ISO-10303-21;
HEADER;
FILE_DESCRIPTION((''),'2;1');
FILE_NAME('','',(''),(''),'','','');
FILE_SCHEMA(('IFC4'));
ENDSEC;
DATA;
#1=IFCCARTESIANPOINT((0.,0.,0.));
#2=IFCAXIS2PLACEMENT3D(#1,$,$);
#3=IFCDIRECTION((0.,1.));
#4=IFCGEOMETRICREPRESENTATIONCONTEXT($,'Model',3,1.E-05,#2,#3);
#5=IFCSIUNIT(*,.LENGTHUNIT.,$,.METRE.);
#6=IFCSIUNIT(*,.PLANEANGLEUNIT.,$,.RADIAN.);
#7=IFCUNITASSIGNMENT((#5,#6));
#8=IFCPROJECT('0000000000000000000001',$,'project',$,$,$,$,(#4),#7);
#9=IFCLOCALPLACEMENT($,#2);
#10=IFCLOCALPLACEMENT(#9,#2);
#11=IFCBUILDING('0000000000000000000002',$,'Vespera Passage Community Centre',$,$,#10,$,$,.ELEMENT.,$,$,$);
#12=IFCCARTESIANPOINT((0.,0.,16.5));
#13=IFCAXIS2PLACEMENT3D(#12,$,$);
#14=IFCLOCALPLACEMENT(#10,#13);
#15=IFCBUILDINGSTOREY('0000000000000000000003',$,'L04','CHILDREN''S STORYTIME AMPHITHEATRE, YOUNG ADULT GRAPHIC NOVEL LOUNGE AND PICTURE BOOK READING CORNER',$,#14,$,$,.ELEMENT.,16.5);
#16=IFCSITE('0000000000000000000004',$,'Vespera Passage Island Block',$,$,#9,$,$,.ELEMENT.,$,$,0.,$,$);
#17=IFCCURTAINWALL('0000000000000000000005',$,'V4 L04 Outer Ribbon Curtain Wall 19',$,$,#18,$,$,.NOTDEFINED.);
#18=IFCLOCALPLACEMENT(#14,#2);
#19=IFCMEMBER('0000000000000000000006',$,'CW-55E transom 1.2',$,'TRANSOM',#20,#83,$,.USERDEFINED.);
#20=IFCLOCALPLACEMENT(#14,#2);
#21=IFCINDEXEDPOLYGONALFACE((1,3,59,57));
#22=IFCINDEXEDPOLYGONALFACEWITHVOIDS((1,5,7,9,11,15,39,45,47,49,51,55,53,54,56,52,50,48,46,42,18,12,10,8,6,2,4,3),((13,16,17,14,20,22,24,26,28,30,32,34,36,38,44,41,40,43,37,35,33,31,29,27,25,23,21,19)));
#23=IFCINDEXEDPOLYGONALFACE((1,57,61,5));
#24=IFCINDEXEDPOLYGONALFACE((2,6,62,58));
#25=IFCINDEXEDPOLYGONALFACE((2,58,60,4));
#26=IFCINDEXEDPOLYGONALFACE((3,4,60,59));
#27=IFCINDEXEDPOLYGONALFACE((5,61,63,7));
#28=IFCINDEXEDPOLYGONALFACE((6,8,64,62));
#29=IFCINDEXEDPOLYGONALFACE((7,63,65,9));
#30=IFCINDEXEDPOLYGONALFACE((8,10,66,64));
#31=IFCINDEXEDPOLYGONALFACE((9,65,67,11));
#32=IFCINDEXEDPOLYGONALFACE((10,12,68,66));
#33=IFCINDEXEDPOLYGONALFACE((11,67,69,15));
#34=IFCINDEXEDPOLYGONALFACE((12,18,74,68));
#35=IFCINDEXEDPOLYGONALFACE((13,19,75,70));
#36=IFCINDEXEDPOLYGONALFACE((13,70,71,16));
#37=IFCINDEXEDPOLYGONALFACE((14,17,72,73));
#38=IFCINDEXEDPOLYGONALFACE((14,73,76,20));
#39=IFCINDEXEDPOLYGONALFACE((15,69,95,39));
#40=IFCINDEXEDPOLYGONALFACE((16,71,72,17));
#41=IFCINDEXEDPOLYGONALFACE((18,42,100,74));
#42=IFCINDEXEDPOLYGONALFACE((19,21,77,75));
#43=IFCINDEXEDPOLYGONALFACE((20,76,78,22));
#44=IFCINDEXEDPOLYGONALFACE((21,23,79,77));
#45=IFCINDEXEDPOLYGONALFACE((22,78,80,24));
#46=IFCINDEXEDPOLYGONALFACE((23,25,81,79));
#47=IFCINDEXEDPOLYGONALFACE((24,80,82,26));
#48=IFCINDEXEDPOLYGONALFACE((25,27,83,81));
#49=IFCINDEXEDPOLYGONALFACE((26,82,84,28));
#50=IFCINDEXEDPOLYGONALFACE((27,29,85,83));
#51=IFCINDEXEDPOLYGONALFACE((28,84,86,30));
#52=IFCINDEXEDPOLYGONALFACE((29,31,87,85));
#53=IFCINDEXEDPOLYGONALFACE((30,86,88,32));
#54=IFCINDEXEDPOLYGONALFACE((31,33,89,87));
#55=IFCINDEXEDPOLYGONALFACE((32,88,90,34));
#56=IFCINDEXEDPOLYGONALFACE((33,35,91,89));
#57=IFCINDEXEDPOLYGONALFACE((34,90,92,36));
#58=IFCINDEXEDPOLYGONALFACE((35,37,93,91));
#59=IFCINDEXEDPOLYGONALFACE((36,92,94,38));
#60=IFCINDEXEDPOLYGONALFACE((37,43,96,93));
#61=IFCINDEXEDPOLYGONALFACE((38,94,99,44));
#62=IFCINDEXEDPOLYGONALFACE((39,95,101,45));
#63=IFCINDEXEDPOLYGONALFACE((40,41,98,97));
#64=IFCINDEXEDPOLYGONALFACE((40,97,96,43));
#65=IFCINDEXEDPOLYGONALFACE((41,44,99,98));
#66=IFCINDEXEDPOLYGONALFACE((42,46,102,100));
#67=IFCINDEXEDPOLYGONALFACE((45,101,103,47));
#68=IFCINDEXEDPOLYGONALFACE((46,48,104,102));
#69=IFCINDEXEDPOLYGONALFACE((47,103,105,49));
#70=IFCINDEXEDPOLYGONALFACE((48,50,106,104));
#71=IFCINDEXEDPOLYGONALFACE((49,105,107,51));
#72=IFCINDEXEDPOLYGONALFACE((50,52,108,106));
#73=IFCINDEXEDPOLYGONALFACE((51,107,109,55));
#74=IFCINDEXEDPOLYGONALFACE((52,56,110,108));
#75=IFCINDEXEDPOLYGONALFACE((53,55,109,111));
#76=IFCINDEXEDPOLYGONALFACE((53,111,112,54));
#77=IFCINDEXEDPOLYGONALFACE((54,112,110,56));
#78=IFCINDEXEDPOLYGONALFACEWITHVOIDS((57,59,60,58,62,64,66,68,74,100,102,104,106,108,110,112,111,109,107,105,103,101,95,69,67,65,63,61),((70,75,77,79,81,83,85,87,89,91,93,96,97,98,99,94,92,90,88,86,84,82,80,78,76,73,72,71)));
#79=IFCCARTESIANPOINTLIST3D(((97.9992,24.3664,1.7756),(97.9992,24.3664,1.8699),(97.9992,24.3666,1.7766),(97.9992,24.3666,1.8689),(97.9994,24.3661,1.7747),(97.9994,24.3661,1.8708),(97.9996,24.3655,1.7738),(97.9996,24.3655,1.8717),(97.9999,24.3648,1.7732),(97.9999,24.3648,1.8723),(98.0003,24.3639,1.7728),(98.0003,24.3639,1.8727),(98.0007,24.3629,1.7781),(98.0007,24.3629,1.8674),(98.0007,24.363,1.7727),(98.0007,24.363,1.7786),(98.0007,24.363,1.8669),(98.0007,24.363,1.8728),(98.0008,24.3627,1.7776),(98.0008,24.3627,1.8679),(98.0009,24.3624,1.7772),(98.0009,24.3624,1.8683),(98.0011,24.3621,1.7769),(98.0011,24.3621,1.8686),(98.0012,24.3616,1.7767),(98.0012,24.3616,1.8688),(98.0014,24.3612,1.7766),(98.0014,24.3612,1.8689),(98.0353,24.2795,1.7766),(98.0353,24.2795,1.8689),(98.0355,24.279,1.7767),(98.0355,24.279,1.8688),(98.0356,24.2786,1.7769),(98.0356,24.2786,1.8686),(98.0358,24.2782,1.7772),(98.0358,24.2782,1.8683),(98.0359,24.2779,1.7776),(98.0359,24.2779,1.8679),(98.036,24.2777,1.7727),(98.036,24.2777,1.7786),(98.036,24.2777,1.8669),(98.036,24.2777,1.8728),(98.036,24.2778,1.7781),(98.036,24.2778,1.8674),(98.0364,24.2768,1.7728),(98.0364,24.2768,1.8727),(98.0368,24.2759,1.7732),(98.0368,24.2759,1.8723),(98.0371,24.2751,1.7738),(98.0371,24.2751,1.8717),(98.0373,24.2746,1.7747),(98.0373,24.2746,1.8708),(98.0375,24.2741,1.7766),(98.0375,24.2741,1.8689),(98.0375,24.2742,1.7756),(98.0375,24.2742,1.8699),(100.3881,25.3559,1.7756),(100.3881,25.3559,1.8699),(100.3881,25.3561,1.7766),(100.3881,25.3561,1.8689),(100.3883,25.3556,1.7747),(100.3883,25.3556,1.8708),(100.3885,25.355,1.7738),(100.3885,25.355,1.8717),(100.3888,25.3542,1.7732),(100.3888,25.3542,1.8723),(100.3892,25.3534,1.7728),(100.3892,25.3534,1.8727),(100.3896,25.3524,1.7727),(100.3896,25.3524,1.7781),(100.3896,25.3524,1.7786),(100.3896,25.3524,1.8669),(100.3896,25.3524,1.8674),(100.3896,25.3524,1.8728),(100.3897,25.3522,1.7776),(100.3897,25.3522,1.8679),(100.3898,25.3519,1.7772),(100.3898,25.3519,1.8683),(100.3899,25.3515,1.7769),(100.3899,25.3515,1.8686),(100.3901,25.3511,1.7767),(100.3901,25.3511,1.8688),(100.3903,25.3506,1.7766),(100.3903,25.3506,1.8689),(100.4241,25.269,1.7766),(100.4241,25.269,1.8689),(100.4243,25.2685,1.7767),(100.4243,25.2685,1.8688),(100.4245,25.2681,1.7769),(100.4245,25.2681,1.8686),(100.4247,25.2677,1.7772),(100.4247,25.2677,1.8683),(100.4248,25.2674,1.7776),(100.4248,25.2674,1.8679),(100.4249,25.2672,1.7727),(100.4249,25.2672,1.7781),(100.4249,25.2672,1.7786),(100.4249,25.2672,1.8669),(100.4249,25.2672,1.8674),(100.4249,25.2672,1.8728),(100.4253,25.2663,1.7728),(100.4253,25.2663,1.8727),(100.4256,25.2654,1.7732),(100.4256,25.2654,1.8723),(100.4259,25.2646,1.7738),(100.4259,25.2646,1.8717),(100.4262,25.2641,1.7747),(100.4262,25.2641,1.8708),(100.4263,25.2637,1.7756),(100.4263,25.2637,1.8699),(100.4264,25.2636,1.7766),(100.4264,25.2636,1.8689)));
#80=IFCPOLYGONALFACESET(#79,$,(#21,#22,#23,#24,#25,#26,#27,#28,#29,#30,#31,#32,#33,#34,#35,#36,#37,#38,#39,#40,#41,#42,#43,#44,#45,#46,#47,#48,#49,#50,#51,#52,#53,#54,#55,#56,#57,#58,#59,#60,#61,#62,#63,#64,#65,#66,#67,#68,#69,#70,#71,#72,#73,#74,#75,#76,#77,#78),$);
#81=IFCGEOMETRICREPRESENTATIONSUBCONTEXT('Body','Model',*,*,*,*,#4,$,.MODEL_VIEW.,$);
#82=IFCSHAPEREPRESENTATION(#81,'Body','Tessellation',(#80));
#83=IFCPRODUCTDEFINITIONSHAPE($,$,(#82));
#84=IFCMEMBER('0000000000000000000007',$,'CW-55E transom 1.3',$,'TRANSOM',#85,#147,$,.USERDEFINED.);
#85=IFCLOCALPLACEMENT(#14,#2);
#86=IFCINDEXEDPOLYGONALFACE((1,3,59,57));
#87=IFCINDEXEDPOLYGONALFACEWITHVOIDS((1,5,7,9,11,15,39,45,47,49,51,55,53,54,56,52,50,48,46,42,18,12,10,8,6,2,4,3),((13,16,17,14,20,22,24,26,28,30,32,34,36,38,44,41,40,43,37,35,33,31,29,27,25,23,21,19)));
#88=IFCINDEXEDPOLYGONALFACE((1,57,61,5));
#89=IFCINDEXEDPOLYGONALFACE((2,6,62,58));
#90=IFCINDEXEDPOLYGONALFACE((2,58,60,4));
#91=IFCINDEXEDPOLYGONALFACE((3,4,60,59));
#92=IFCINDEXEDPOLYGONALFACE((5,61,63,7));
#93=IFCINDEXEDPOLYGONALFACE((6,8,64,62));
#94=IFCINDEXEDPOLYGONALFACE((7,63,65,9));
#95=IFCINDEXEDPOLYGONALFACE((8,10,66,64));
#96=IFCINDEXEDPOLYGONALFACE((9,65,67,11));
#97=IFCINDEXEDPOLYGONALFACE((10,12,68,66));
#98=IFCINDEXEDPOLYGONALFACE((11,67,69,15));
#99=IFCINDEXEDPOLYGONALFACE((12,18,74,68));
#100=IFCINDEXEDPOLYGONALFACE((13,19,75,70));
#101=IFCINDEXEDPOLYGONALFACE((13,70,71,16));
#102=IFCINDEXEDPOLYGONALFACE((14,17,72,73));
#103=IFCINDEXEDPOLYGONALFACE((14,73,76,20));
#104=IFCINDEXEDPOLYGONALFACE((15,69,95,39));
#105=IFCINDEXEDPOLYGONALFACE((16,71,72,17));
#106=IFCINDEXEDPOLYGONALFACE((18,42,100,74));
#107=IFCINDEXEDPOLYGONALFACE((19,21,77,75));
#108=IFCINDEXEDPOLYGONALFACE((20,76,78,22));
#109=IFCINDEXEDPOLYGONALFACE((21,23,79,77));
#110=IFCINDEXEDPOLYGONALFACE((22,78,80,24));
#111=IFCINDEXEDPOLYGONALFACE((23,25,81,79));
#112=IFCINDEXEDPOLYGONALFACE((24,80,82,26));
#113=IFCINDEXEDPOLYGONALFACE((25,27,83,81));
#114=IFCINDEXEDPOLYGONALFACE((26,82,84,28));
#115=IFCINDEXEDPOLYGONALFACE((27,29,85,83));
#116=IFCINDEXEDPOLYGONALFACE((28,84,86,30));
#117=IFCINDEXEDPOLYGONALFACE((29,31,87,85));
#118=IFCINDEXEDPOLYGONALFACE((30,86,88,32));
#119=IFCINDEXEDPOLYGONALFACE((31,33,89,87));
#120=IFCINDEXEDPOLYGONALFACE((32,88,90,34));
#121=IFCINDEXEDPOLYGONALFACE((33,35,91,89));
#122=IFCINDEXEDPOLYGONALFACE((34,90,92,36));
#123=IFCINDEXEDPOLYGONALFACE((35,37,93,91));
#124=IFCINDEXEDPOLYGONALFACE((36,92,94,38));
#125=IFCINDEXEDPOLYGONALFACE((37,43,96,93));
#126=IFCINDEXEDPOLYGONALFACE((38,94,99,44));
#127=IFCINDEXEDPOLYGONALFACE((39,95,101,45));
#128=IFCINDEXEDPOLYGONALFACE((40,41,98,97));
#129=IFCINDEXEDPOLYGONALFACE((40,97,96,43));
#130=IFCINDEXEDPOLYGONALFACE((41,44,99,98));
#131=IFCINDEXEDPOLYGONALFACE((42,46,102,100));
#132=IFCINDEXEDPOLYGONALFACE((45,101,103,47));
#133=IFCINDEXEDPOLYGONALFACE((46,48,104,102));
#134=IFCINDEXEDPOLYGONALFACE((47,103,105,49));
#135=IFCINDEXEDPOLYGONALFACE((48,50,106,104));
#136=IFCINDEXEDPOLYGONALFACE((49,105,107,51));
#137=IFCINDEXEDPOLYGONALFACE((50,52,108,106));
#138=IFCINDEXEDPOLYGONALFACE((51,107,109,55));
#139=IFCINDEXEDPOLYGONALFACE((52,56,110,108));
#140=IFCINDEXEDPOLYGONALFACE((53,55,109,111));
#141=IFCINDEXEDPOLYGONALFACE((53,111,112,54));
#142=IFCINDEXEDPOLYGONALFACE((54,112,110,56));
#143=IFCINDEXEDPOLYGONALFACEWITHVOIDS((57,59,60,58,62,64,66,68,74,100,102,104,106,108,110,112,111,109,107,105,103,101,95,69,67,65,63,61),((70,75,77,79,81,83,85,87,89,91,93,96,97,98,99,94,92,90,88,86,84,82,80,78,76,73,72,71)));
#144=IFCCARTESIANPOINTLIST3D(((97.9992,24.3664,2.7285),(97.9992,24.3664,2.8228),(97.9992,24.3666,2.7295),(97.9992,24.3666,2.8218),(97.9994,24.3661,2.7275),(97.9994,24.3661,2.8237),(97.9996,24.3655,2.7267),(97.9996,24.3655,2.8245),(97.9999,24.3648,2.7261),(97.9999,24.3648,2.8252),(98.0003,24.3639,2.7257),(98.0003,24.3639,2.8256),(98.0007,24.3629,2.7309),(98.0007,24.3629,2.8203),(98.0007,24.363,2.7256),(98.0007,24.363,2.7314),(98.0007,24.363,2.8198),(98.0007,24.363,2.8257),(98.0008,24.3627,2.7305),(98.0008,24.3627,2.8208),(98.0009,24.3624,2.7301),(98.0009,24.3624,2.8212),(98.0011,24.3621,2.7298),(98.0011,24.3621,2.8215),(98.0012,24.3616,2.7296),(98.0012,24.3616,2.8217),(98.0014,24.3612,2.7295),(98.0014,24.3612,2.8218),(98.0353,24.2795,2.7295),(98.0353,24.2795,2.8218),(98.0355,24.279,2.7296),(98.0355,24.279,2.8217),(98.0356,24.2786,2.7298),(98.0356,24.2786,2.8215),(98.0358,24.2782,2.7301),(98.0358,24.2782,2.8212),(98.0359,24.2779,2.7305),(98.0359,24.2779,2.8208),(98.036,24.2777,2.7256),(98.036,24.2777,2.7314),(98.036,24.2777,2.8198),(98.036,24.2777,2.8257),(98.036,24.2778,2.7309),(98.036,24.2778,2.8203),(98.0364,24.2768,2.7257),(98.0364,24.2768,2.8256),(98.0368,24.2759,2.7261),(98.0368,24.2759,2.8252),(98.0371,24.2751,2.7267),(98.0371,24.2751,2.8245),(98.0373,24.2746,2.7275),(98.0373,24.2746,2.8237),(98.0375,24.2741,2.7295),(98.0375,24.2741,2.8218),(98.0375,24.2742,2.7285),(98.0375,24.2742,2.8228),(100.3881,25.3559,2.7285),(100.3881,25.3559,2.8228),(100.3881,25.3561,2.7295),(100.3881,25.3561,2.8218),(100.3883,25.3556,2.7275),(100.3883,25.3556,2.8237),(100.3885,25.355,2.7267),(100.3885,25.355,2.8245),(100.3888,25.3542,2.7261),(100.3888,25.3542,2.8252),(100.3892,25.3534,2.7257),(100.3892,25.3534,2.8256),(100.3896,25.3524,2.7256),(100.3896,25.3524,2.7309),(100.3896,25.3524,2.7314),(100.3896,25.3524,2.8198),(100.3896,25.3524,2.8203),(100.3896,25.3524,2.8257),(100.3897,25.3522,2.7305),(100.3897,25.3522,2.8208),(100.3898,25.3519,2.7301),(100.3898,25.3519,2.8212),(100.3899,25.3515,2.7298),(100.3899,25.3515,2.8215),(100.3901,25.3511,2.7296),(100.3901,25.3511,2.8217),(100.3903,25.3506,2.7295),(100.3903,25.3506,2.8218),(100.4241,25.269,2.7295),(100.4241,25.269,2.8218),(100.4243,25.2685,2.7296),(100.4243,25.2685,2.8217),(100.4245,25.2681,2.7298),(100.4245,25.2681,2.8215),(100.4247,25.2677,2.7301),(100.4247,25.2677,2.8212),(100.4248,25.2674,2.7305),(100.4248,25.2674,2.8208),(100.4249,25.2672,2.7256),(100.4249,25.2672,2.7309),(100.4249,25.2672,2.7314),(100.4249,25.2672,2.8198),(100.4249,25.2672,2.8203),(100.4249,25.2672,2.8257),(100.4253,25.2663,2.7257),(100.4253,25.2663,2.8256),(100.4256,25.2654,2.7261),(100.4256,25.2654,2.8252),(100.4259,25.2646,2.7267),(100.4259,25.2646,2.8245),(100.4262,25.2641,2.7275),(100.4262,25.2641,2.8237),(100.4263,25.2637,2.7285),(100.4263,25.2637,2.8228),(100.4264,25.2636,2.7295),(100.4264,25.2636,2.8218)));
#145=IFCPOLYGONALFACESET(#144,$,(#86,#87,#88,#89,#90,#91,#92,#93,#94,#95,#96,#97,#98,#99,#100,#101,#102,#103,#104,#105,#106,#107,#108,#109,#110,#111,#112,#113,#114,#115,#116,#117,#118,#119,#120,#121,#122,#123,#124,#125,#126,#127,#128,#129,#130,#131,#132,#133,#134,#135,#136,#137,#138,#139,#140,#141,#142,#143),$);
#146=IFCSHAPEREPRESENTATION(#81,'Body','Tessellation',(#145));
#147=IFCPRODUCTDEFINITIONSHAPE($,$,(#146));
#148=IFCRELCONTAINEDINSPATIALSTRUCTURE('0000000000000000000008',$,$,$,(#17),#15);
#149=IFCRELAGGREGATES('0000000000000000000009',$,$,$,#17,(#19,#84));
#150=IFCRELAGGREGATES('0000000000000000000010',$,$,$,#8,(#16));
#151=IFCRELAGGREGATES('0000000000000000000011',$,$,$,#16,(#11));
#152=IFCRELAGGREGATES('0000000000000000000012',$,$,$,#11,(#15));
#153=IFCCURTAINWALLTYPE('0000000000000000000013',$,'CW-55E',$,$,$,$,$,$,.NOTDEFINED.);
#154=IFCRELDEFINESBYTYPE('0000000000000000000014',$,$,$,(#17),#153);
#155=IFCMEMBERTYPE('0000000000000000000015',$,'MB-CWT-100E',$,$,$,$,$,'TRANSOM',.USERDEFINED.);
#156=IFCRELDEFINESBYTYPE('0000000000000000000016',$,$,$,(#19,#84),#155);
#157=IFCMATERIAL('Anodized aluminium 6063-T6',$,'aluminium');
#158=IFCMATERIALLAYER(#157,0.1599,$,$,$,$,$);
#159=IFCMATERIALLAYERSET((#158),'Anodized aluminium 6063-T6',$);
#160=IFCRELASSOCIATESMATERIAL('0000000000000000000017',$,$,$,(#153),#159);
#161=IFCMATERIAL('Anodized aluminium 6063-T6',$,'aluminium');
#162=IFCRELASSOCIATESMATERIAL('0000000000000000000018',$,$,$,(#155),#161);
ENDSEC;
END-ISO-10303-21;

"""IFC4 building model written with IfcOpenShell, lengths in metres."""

from ifc_helpers import new_model, si_unit, direction, frame, origin, origin_2d, place, context, subcontext, project, spatial, hollow_rectangle, extrude, material, layer, layer_set, material_profile, profile_set, type_object, element, aggregate, save


model = new_model("IFC4")

# Units and contexts
model_context = context("Model", 3, precision=1e-05, world=origin(), true_north=direction((0.0, 1.0)))
body_context = subcontext(model_context, "Body", "Model", "MODEL_VIEW")
ifc_project = project(units=[si_unit("LENGTHUNIT", "METRE"), si_unit("PLANEANGLEUNIT", "RADIAN")], contexts=[model_context])

# Site, building, storey
site_placement = place(None, origin())
site = spatial("IfcSite", under=ifc_project, at=site_placement, Name="Vespera Passage Island Block", CompositionType="ELEMENT", RefElevation=0.0)
building_placement = place(site_placement, origin())
building = spatial("IfcBuilding", under=site, at=building_placement, Name="Vespera Passage Community Centre", CompositionType="ELEMENT")
storey_placement = place(building_placement, frame((0.0, 0.0, 16.5)))
storey = spatial("IfcBuildingStorey", under=building, at=storey_placement, Name="L04", Description="CHILDREN'S STORYTIME AMPHITHEATRE, YOUNG ADULT GRAPHIC NOVEL LOUNGE AND PICTURE BOOK READING CORNER", CompositionType="ELEMENT", Elevation=16.5)

# Curtain wall
ifc_material_1 = material(Name="Anodized aluminium 6063-T6", Category="aluminium")
ifc_layer_1 = layer(ifc_material_1, 0.1599)
ifc_layer_set_1 = layer_set([ifc_layer_1], Name="Anodized aluminium 6063-T6")
curtain_wall_type_1 = type_object("IfcCurtainWallType", Name="CW-55E", PredefinedType="NOTDEFINED", material=ifc_layer_set_1)
curtain_wall_1_placement = place(storey_placement, origin())
curtain_wall_1 = element("IfcCurtainWall", 1, at=curtain_wall_1_placement, inside=storey, type_object=curtain_wall_type_1, Name="V4 L04 Outer Ribbon Curtain Wall 19", PredefinedType="NOTDEFINED")

# Members
ifc_material_2 = material(Name="Anodized aluminium 6063-T6", Category="aluminium")
ifc_material_profile_1 = material_profile(ifc_material_2, hollow_rectangle(XDim=0.1001, YDim=0.1001, WallThickness=0.0039, InnerFilletRadius=0.002, OuterFilletRadius=0.0039, at=origin_2d()), Name="ALU100X100X4")
ifc_profile_set_1 = profile_set([ifc_material_profile_1], Name="Anodized aluminium 6063-T6")
member_type_1 = type_object("IfcMemberType", Name="MB-CWT-100E", ElementType="TRANSOM", PredefinedType="USERDEFINED", material=ifc_profile_set_1)
member_1_placement = place(storey_placement, frame((100.4072, 25.3098, 1.8228), z_axis=(-0.923882, -0.382677, 0.0), x_axis=(0.382677, -0.923882, 0.0)))
member_1 = element("IfcMember", 2, at=member_1_placement, type_object=member_type_1, Name="CW-55E transom 1.2", ObjectType="TRANSOM", PredefinedType="USERDEFINED", context=body_context, shape_type="SweptSolid", body=[
    extrude(hollow_rectangle(XDim=0.1001, YDim=0.1001, WallThickness=0.0039, InnerFilletRadius=0.002, OuterFilletRadius=0.0039, at=origin_2d()), origin(), (0.0, 0.0, 1.0), 2.5857),
])
member_2_placement = place(storey_placement, frame((100.4072, 25.3098, 2.7756), z_axis=(-0.923882, -0.382677, 0.0), x_axis=(0.382677, -0.923882, 0.0)))
member_2 = element("IfcMember", 3, at=member_2_placement, type_object=member_type_1, Name="CW-55E transom 1.3", ObjectType="TRANSOM", PredefinedType="USERDEFINED", context=body_context, shape_type="SweptSolid", body=[
    extrude(hollow_rectangle(XDim=0.1001, YDim=0.1001, WallThickness=0.0039, InnerFilletRadius=0.002, OuterFilletRadius=0.0039, at=origin_2d()), origin(), (0.0, 0.0, 1.0), 2.5857),
])

aggregate(curtain_wall_1, [member_1, member_2])

save(model, "model.ifc")
